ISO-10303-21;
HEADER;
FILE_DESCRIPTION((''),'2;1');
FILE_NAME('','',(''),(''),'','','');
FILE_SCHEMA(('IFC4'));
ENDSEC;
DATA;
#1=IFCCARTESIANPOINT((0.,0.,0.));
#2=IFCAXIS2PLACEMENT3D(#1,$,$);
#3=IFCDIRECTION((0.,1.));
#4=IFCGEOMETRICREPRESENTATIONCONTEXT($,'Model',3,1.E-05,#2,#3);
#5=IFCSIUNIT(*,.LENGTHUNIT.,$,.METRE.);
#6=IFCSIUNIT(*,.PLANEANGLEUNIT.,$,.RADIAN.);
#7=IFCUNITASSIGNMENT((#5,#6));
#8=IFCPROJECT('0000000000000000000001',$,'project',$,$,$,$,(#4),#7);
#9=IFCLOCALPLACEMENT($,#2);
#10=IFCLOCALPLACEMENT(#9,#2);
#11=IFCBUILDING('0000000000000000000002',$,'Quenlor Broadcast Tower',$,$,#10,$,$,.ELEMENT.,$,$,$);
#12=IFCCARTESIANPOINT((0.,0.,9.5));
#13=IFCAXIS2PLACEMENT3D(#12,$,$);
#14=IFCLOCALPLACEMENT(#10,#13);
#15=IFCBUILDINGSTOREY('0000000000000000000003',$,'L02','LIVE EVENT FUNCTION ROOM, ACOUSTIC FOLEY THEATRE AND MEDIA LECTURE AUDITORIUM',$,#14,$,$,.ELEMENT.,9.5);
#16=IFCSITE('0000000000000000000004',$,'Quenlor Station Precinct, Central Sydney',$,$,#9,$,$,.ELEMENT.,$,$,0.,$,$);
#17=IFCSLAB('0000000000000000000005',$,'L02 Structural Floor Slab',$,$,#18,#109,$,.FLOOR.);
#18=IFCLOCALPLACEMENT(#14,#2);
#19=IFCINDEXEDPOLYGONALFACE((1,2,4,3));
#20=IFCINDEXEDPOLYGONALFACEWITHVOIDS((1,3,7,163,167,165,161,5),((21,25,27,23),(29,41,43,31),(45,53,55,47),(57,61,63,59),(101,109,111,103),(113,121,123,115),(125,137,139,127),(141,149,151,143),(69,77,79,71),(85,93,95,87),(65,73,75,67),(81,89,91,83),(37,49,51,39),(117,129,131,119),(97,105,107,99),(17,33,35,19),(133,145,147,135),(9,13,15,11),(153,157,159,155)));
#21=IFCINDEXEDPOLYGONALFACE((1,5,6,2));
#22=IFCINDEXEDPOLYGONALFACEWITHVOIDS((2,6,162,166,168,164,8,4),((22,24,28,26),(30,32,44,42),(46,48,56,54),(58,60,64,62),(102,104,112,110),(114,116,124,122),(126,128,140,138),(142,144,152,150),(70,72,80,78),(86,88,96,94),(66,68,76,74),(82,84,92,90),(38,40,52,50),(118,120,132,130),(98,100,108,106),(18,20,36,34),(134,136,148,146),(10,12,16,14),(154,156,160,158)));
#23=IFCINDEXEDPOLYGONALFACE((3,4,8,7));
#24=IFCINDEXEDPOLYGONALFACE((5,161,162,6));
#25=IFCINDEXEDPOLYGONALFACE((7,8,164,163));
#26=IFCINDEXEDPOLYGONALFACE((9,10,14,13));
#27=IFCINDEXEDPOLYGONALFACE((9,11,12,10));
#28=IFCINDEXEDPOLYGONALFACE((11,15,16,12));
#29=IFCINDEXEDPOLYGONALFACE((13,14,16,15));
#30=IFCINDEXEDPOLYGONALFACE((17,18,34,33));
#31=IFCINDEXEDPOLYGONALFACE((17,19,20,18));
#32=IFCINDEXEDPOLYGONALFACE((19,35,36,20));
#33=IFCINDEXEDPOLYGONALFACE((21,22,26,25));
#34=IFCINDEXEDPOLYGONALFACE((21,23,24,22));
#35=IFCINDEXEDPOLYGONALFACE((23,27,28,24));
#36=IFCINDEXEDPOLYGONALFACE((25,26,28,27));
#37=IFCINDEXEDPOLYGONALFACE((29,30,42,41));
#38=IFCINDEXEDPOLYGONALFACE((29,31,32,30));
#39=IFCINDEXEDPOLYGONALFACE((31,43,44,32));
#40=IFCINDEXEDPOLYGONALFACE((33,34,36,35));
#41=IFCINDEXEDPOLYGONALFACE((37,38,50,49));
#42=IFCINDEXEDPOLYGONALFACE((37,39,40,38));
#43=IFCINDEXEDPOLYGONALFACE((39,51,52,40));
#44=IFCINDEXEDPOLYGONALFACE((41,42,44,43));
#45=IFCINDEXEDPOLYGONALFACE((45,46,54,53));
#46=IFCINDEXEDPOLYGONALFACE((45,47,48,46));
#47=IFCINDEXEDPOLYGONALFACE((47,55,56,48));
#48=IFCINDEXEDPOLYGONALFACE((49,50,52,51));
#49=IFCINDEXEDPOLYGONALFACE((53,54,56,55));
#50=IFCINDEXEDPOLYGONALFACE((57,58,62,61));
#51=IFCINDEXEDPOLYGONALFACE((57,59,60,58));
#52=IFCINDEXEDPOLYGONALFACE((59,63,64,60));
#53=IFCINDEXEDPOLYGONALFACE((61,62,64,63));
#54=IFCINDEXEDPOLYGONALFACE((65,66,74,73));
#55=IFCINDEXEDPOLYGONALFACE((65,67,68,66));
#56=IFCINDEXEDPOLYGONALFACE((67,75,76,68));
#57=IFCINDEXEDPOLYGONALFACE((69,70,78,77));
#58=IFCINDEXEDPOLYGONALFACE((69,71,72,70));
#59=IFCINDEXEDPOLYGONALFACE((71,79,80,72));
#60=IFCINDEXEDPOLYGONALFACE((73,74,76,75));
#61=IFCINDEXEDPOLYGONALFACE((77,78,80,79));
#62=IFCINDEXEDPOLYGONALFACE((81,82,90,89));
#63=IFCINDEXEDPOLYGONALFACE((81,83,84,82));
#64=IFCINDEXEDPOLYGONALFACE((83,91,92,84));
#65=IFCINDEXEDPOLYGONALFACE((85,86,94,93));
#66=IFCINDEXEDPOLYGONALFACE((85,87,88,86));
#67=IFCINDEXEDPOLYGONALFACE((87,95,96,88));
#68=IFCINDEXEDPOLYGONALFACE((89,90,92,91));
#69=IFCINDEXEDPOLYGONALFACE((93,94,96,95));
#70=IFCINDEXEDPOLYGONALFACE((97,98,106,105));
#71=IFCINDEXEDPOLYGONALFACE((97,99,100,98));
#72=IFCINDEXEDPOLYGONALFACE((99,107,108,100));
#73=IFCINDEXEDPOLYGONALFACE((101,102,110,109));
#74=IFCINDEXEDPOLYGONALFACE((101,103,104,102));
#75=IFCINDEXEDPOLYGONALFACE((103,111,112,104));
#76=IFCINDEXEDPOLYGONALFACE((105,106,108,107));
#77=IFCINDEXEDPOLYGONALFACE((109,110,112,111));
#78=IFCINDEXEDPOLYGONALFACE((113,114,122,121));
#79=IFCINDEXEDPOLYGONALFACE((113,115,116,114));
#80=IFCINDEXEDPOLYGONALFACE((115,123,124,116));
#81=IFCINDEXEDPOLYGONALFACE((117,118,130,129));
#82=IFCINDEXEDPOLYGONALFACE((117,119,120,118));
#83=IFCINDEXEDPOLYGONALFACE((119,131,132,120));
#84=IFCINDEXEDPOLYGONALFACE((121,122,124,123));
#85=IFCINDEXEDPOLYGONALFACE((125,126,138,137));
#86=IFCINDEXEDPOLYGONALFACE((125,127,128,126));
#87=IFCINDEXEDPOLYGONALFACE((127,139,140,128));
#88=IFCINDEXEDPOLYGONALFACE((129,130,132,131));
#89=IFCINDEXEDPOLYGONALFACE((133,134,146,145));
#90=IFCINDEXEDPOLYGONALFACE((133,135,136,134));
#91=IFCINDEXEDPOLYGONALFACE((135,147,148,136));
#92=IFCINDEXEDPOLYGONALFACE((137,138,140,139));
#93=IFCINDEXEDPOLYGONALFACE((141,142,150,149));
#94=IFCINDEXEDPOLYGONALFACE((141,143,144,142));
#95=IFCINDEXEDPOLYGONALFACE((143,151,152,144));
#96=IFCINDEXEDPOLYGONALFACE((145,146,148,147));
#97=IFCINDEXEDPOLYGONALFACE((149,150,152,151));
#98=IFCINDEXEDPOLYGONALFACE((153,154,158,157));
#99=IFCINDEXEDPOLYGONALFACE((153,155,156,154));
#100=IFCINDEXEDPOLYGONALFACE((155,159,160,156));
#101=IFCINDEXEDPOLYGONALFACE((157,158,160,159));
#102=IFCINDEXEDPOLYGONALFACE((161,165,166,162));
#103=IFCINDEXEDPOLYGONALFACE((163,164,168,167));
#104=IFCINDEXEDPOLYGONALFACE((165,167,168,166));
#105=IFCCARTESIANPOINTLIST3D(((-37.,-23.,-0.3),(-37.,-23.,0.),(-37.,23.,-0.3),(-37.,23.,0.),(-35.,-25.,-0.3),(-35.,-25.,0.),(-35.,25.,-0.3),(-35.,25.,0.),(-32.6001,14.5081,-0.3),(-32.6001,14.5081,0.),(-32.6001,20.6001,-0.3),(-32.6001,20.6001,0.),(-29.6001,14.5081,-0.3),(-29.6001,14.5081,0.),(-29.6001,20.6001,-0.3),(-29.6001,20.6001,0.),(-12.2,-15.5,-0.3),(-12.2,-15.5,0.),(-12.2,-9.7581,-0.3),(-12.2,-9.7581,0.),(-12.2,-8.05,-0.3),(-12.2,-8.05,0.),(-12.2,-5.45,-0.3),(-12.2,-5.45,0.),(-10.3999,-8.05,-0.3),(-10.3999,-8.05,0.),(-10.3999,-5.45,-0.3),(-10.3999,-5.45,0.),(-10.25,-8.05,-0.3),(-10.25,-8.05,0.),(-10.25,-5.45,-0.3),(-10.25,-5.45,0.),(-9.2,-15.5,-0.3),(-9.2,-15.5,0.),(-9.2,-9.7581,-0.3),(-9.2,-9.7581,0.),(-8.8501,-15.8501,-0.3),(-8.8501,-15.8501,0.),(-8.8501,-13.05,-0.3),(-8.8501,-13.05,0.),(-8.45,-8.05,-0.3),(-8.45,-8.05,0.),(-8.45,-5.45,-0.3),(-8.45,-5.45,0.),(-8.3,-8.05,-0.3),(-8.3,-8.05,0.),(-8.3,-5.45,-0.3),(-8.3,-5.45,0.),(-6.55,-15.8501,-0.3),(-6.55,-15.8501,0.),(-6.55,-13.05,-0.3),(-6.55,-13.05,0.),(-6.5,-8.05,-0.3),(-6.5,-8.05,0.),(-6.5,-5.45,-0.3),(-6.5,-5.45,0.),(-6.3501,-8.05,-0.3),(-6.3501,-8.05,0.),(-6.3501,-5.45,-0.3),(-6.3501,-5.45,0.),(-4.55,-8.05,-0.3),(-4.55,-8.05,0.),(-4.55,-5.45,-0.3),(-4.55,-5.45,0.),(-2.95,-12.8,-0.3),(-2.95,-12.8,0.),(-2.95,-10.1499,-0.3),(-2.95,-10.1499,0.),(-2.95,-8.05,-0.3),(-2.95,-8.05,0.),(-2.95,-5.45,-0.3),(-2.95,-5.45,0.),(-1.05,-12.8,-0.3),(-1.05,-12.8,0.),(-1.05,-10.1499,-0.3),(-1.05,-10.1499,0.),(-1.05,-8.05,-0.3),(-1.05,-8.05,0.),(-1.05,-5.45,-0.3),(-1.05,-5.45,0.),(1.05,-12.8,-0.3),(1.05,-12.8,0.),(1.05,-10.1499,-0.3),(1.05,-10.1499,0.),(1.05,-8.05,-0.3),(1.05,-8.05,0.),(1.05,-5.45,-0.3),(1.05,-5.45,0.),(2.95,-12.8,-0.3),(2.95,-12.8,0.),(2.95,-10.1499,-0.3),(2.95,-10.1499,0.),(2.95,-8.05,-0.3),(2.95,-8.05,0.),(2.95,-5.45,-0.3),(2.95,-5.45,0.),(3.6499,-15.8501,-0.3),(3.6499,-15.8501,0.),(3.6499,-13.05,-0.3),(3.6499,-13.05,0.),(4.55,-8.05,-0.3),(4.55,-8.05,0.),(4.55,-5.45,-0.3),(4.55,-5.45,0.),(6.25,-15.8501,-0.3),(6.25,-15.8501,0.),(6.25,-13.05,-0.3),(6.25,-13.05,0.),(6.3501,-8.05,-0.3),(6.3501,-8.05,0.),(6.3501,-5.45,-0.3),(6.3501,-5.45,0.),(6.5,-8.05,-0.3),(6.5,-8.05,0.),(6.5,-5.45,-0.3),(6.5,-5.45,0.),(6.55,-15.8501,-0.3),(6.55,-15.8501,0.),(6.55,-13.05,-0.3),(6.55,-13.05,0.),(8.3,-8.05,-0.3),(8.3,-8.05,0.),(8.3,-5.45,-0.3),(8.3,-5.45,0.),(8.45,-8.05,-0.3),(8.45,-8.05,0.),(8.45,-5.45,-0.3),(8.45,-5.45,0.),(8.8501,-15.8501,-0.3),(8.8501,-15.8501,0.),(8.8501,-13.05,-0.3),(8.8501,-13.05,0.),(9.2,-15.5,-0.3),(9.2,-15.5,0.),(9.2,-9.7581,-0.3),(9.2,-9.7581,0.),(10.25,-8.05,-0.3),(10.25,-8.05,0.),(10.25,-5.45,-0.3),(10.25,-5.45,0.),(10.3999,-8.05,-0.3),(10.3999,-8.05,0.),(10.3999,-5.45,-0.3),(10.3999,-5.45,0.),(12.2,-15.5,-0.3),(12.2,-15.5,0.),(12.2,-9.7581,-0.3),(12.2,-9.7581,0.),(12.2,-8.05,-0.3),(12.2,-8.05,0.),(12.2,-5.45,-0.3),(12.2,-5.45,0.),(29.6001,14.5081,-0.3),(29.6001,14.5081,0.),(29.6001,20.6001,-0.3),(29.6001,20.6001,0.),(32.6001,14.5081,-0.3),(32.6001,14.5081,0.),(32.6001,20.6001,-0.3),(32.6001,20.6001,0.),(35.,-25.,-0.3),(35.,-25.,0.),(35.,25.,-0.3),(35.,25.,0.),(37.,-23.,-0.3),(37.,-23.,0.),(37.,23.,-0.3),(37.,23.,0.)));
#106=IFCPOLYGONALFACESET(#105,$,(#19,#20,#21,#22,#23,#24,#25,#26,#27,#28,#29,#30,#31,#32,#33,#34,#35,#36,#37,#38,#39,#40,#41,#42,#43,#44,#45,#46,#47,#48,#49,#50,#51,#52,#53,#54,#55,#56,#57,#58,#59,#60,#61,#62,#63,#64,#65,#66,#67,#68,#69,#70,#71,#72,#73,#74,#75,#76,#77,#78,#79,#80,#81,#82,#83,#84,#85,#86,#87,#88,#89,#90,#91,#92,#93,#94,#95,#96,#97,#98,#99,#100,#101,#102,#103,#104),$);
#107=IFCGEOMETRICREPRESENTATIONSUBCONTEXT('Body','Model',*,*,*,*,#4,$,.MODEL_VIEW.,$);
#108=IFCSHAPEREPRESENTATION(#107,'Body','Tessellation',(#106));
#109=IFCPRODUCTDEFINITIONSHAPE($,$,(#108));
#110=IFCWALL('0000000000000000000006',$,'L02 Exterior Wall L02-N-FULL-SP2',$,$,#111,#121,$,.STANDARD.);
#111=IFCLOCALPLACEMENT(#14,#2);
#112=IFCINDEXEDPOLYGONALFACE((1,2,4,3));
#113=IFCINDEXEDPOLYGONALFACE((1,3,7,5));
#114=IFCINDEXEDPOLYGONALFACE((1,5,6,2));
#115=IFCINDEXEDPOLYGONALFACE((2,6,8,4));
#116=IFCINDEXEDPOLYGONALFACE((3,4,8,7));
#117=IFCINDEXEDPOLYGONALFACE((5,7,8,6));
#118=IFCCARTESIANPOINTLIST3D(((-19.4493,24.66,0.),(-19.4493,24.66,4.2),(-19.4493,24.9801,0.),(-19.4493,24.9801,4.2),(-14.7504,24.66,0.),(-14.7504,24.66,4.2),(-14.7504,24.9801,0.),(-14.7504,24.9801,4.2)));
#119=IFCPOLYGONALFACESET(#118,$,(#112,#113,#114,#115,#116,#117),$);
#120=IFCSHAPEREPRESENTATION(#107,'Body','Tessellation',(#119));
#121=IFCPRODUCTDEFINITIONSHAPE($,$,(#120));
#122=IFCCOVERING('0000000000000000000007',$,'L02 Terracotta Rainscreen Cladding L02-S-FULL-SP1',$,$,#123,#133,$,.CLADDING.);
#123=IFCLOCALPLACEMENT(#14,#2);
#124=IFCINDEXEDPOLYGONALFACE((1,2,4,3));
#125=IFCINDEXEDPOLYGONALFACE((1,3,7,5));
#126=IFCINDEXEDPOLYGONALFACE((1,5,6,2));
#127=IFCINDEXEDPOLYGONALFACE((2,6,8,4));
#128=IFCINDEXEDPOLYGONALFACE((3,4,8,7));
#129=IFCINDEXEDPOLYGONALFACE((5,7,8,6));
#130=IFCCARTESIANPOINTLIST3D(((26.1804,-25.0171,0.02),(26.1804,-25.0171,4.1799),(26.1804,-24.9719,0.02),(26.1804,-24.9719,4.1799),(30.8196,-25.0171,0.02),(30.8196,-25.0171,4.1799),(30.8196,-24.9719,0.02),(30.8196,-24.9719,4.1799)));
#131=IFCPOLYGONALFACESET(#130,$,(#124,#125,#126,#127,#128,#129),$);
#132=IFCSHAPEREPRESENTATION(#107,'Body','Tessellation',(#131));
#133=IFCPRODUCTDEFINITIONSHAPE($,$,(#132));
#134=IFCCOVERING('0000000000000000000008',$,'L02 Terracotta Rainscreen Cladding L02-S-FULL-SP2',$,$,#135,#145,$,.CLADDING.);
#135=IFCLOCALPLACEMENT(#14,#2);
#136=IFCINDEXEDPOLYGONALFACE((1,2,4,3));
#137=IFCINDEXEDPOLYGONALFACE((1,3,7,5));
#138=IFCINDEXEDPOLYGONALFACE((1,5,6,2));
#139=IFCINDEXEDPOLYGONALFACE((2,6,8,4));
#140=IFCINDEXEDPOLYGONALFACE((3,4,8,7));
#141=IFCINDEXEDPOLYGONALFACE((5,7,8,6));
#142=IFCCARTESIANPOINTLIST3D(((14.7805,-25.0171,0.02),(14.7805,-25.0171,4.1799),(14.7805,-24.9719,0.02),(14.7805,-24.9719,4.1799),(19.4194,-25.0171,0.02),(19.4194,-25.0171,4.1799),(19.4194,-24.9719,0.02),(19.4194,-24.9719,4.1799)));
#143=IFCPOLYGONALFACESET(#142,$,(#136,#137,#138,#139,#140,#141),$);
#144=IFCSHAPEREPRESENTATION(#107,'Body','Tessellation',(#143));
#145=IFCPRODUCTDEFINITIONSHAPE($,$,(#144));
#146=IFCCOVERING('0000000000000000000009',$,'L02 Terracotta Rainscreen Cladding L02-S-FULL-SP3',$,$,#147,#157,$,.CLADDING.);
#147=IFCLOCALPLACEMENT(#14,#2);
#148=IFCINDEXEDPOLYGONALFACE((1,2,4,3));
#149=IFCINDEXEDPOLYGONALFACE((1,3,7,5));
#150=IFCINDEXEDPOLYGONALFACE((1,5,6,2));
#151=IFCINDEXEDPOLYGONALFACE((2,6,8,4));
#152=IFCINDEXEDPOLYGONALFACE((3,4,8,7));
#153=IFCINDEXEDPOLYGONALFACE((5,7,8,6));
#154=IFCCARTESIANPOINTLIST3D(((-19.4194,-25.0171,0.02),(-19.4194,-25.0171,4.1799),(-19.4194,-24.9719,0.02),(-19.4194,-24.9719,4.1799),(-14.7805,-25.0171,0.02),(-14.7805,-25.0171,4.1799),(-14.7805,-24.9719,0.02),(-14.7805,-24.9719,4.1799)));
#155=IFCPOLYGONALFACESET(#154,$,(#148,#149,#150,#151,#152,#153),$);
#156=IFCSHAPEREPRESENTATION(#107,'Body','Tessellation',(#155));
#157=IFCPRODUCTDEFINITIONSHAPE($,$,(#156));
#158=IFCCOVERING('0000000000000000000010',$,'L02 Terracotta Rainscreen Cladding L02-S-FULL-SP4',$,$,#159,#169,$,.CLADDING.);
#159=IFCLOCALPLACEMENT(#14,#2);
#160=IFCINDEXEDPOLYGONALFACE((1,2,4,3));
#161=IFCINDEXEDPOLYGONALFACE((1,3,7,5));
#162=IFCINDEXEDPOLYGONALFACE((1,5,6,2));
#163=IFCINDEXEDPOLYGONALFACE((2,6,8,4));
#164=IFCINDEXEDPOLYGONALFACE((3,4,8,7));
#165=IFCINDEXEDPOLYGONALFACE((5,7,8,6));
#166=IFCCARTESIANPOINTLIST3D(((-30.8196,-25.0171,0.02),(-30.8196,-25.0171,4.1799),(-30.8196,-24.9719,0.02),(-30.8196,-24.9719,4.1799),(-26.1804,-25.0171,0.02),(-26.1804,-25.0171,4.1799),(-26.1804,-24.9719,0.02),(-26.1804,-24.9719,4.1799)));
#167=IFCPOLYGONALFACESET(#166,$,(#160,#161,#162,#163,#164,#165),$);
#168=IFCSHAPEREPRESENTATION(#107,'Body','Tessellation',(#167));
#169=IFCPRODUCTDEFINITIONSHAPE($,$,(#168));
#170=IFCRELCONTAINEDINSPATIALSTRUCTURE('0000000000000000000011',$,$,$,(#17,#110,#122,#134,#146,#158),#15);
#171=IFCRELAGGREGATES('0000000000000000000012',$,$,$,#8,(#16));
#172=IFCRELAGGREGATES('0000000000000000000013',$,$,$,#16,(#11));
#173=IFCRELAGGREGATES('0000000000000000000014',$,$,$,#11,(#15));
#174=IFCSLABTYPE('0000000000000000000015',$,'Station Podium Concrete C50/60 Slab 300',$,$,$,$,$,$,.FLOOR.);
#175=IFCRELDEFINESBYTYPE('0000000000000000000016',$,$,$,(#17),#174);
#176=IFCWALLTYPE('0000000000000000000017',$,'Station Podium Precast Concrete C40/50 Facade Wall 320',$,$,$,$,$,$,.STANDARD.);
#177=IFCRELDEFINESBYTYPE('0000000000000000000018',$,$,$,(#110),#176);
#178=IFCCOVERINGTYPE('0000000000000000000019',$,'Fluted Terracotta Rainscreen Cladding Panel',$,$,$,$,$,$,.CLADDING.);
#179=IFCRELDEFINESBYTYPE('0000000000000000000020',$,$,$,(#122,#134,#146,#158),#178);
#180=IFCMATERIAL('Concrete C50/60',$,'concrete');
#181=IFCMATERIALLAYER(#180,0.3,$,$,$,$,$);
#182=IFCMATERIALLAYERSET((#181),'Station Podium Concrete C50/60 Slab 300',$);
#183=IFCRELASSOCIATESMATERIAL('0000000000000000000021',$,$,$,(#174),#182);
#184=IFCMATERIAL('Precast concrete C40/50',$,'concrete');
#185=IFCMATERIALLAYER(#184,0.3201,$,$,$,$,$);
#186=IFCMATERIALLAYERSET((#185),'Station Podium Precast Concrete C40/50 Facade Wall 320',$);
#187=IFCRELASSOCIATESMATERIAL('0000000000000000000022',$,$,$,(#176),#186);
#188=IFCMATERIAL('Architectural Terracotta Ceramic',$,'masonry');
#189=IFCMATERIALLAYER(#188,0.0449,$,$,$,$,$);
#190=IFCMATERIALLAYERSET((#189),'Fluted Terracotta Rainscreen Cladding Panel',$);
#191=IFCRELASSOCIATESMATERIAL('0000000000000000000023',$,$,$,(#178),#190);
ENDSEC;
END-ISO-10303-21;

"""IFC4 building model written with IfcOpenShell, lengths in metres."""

from ifc_helpers import new_model, si_unit, direction, frame, frame_2d, origin, place, context, subcontext, project, spatial, polyline, rectangle, outline, extrude, material, layer, layer_set, type_object, element, save


model = new_model("IFC4")

# Units and contexts
model_context = context("Model", 3, precision=1e-05, world=origin(), true_north=direction((0.0, 1.0)))
body_context = subcontext(model_context, "Body", "Model", "MODEL_VIEW")
ifc_project = project(units=[si_unit("LENGTHUNIT", "METRE"), si_unit("PLANEANGLEUNIT", "RADIAN")], contexts=[model_context])

# Site, building, storey
site_placement = place(None, origin())
site = spatial("IfcSite", under=ifc_project, at=site_placement, Name="Quenlor Station Precinct, Central Sydney", CompositionType="ELEMENT", RefElevation=0.0)
building_placement = place(site_placement, origin())
building = spatial("IfcBuilding", under=site, at=building_placement, Name="Quenlor Broadcast Tower", CompositionType="ELEMENT")
storey_placement = place(building_placement, frame((0.0, 0.0, 9.5)))
storey = spatial("IfcBuildingStorey", under=building, at=storey_placement, Name="L02", Description="LIVE EVENT FUNCTION ROOM, ACOUSTIC FOLEY THEATRE AND MEDIA LECTURE AUDITORIUM", CompositionType="ELEMENT", Elevation=9.5)

# Slab
ifc_material_1 = material(Name="Concrete C50/60", Category="concrete")
ifc_layer_1 = layer(ifc_material_1, 0.3)
ifc_layer_set_1 = layer_set([ifc_layer_1], Name="Station Podium Concrete C50/60 Slab 300")
slab_type = type_object("IfcSlabType", Name="Station Podium Concrete C50/60 Slab 300", PredefinedType="FLOOR", material=ifc_layer_set_1)
slab_placement = place(storey_placement, frame((0.0, 0.0, -0.3)))
element("IfcSlab", 1, at=slab_placement, inside=storey, type_object=slab_type, Name="L02 Structural Floor Slab", PredefinedType="FLOOR", context=body_context, shape_type="SweptSolid", body=[
    extrude(outline(polyline([(-35.0, -25.0), (35.0, -25.0), (37.0, -23.0), (37.0, 23.0), (35.0, 25.0), (-35.0, 25.0), (-37.0, 23.0), (-37.0, -23.0), (-35.0, -25.0)]), holes=[polyline([(-12.2, -9.7581), (-12.2, -15.5), (-9.2, -15.5), (-9.2, -9.7581), (-12.2, -9.7581)]), polyline([(9.2, -9.7581), (9.2, -15.5), (12.2, -15.5), (12.2, -9.7581), (9.2, -9.7581)]), polyline([(-29.6001, 14.5081), (-29.6001, 20.6001), (-32.6001, 20.6001), (-32.6001, 14.5081), (-29.6001, 14.5081)]), polyline([(32.6001, 14.5081), (32.6001, 20.6001), (29.6001, 20.6001), (29.6001, 14.5081), (32.6001, 14.5081)]), polyline([(-12.2, -8.05), (-10.3999, -8.05), (-10.3999, -5.45), (-12.2, -5.45), (-12.2, -8.05)]), polyline([(-10.25, -8.05), (-8.45, -8.05), (-8.45, -5.45), (-10.25, -5.45), (-10.25, -8.05)]), polyline([(-8.3, -8.05), (-6.5, -8.05), (-6.5, -5.45), (-8.3, -5.45), (-8.3, -8.05)]), polyline([(-6.3501, -8.05), (-4.55, -8.05), (-4.55, -5.45), (-6.3501, -5.45), (-6.3501, -8.05)]), polyline([(-2.95, -8.05), (-1.05, -8.05), (-1.05, -5.45), (-2.95, -5.45), (-2.95, -8.05)]), polyline([(1.05, -8.05), (2.95, -8.05), (2.95, -5.45), (1.05, -5.45), (1.05, -8.05)]), polyline([(-2.95, -12.8), (-1.05, -12.8), (-1.05, -10.1499), (-2.95, -10.1499), (-2.95, -12.8)]), polyline([(1.05, -12.8), (2.95, -12.8), (2.95, -10.1499), (1.05, -10.1499), (1.05, -12.8)]), polyline([(4.55, -8.05), (6.3501, -8.05), (6.3501, -5.45), (4.55, -5.45), (4.55, -8.05)]), polyline([(6.5, -8.05), (8.3, -8.05), (8.3, -5.45), (6.5, -5.45), (6.5, -8.05)]), polyline([(8.45, -8.05), (10.25, -8.05), (10.25, -5.45), (8.45, -5.45), (8.45, -8.05)]), polyline([(10.3999, -8.05), (12.2, -8.05), (12.2, -5.45), (10.3999, -5.45), (10.3999, -8.05)]), polyline([(-8.8501, -15.8501), (-6.55, -15.8501), (-6.55, -13.05), (-8.8501, -13.05), (-8.8501, -15.8501)]), polyline([(6.55, -15.8501), (8.8501, -15.8501), (8.8501, -13.05), (6.55, -13.05), (6.55, -15.8501)]), polyline([(3.6499, -15.8501), (6.25, -15.8501), (6.25, -13.05), (3.6499, -13.05), (3.6499, -15.8501)])]), origin(), (0.0, 0.0, 1.0), 0.3),
])

# Wall
ifc_material_2 = material(Name="Precast concrete C40/50", Category="concrete")
ifc_layer_2 = layer(ifc_material_2, 0.3201)
ifc_layer_set_2 = layer_set([ifc_layer_2], Name="Station Podium Precast Concrete C40/50 Facade Wall 320")
wall_type = type_object("IfcWallType", Name="Station Podium Precast Concrete C40/50 Facade Wall 320", PredefinedType="STANDARD", material=ifc_layer_set_2)
wall_placement = place(storey_placement, frame((-19.4495, 24.8201, 0.0), z_axis=(0.0, 0.0, 1.0), x_axis=(1.0, 0.0, 0.0)))
element("IfcWall", 2, at=wall_placement, inside=storey, type_object=wall_type, Name="L02 Exterior Wall L02-N-FULL-SP2", PredefinedType="STANDARD", context=body_context, shape_type="SweptSolid", body=[
    extrude(rectangle(XDim=4.699, YDim=0.3201, at=frame_2d((2.3496, 0.0))), origin(), (0.0, 0.0, 1.0), 4.2),
])

# Coverings
ifc_material_3 = material(Name="Architectural Terracotta Ceramic", Category="masonry")
ifc_layer_3 = layer(ifc_material_3, 0.0449)
ifc_layer_set_3 = layer_set([ifc_layer_3], Name="Fluted Terracotta Rainscreen Cladding Panel")
covering_type = type_object("IfcCoveringType", Name="Fluted Terracotta Rainscreen Cladding Panel", PredefinedType="CLADDING", material=ifc_layer_set_3)
covering_1_placement = place(storey_placement, frame((0.0, 0.0, 0.02)))
element("IfcCovering", 3, at=covering_1_placement, inside=storey, type_object=covering_type, Name="L02 Terracotta Rainscreen Cladding L02-S-FULL-SP1", PredefinedType="CLADDING", context=body_context, shape_type="SweptSolid", body=[
    extrude(outline(polyline([(30.8196, -24.9719), (26.1804, -24.9719), (26.1804, -25.0171), (30.8196, -25.0171), (30.8196, -24.9719)])), origin(), (0.0, 0.0, 1.0), 4.1599),
])
covering_2_placement = place(storey_placement, frame((0.0, 0.0, 0.02)))
element("IfcCovering", 4, at=covering_2_placement, inside=storey, type_object=covering_type, Name="L02 Terracotta Rainscreen Cladding L02-S-FULL-SP2", PredefinedType="CLADDING", context=body_context, shape_type="SweptSolid", body=[
    extrude(outline(polyline([(19.4194, -24.9719), (14.7805, -24.9719), (14.7805, -25.0171), (19.4194, -25.0171), (19.4194, -24.9719)])), origin(), (0.0, 0.0, 1.0), 4.1599),
])
covering_3_placement = place(storey_placement, frame((0.0, 0.0, 0.02)))
element("IfcCovering", 5, at=covering_3_placement, inside=storey, type_object=covering_type, Name="L02 Terracotta Rainscreen Cladding L02-S-FULL-SP3", PredefinedType="CLADDING", context=body_context, shape_type="SweptSolid", body=[
    extrude(outline(polyline([(-14.7805, -24.9719), (-19.4194, -24.9719), (-19.4194, -25.0171), (-14.7805, -25.0171), (-14.7805, -24.9719)])), origin(), (0.0, 0.0, 1.0), 4.1599),
])
covering_4_placement = place(storey_placement, frame((0.0, 0.0, 0.02)))
element("IfcCovering", 6, at=covering_4_placement, inside=storey, type_object=covering_type, Name="L02 Terracotta Rainscreen Cladding L02-S-FULL-SP4", PredefinedType="CLADDING", context=body_context, shape_type="SweptSolid", body=[
    extrude(outline(polyline([(-26.1804, -24.9719), (-30.8196, -24.9719), (-30.8196, -25.0171), (-26.1804, -25.0171), (-26.1804, -24.9719)])), origin(), (0.0, 0.0, 1.0), 4.1599),
])

save(model, "model.ifc")
